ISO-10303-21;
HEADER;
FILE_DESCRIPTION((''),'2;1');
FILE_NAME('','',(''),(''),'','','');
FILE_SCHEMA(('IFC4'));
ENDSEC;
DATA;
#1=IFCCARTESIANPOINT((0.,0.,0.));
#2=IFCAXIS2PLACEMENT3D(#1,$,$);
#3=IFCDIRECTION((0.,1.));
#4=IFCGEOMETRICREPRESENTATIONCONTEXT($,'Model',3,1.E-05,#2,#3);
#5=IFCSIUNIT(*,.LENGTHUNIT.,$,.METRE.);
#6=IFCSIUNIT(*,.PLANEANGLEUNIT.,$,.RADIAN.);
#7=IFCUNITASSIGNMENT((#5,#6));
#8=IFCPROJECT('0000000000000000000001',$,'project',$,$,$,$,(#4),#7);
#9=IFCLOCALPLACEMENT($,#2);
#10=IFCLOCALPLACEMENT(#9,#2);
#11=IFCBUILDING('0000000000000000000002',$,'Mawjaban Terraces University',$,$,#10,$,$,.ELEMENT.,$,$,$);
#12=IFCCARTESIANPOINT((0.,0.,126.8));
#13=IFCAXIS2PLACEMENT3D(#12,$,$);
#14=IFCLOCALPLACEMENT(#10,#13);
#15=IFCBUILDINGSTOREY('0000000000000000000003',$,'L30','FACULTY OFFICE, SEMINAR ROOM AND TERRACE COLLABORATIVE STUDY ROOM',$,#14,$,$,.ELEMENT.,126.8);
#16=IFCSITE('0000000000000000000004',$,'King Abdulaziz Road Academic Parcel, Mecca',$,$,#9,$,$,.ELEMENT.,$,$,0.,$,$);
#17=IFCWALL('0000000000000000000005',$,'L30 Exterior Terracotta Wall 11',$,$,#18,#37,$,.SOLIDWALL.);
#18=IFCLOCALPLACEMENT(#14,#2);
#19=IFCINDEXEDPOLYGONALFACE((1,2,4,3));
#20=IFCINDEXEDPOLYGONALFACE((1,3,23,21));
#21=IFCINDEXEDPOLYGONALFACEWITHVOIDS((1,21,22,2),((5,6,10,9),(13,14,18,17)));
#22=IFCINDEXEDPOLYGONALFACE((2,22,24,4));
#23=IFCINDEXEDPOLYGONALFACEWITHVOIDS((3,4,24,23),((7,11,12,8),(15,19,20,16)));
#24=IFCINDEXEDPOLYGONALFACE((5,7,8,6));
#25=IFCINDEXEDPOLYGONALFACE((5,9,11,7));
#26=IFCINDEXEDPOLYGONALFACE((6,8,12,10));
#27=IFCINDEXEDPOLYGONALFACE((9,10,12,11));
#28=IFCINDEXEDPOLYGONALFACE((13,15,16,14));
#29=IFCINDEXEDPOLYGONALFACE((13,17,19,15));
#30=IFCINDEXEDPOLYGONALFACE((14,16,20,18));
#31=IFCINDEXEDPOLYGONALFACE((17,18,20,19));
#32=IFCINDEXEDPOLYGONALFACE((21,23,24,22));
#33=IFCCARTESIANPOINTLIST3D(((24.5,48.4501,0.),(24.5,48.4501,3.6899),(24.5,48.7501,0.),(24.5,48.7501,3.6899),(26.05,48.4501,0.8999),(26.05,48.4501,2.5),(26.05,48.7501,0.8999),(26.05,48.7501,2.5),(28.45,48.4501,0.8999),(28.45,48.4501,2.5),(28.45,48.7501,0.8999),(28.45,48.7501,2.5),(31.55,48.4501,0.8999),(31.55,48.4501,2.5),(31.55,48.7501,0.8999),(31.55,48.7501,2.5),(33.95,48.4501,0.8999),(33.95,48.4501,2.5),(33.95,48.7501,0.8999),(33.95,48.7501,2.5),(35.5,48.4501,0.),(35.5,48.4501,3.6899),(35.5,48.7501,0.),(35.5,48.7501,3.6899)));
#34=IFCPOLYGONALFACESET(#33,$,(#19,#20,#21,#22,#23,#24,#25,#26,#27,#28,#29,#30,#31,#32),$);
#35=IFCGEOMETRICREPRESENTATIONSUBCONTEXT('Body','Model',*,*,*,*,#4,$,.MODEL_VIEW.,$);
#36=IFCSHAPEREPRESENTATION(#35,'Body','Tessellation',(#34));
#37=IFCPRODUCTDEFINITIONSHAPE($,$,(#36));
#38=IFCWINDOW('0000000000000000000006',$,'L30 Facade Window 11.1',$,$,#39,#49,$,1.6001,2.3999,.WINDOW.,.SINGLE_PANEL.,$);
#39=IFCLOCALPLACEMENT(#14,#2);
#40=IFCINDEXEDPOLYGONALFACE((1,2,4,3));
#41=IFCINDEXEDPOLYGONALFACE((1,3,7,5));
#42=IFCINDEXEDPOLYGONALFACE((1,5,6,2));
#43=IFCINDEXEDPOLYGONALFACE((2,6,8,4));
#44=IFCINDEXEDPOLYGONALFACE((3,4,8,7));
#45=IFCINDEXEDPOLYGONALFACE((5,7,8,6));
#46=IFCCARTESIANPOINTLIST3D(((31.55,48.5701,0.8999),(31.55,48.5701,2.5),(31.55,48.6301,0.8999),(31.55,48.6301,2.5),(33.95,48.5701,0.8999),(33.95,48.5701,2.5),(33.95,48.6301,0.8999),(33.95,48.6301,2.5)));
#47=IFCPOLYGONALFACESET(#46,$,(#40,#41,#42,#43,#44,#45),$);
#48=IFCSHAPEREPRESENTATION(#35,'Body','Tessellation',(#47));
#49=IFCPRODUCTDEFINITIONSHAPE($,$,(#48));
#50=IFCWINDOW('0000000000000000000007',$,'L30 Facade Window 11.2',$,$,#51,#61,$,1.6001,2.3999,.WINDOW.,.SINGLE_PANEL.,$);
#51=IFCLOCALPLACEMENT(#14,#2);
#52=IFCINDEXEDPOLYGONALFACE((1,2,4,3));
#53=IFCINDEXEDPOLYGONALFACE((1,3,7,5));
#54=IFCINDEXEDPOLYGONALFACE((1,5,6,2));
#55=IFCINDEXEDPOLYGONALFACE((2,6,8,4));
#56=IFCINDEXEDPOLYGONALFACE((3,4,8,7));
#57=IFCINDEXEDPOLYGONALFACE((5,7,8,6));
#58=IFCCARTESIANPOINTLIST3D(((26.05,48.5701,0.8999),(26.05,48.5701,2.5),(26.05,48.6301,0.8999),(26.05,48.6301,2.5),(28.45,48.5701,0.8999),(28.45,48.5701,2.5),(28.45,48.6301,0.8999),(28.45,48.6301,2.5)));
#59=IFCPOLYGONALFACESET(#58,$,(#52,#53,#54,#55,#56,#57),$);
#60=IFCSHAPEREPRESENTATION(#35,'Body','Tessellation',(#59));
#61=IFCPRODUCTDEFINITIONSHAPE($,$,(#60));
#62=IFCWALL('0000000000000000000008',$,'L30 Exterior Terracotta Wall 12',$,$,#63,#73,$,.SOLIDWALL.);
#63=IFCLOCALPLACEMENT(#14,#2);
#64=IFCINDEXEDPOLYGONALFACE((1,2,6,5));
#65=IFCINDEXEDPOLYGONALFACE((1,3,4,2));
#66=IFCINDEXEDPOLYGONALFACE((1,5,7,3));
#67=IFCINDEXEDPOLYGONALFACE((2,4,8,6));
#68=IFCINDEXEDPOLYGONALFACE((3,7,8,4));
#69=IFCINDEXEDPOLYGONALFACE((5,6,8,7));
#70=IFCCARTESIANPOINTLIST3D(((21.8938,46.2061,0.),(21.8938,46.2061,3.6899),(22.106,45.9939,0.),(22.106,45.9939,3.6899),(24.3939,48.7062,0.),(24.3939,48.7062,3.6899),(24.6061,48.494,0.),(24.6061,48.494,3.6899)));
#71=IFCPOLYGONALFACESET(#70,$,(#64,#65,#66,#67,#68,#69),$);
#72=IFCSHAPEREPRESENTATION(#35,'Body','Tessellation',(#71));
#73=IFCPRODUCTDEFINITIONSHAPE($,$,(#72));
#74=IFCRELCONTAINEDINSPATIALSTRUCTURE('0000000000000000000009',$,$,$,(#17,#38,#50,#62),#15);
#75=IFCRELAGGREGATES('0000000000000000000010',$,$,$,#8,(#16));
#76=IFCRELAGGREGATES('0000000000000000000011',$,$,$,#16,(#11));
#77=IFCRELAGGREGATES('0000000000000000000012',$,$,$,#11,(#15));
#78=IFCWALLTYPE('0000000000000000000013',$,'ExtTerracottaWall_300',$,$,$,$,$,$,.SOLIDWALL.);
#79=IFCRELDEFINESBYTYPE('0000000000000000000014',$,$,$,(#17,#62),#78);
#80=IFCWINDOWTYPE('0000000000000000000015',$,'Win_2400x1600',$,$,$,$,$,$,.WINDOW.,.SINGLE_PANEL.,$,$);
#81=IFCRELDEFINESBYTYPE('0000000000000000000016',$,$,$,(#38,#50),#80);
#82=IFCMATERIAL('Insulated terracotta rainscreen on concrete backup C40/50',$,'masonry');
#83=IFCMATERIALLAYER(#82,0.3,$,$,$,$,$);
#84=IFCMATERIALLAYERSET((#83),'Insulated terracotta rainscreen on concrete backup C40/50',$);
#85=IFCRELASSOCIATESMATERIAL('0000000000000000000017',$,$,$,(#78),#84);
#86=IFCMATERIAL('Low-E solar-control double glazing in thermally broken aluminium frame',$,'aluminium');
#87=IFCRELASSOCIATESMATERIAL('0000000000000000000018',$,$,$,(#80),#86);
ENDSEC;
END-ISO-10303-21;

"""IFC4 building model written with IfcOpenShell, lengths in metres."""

from ifc_helpers import new_model, si_unit, direction, frame, frame_2d, origin, place, context, subcontext, project, spatial, rectangle, extrude, material, layer, layer_set, type_object, element, fill, save


model = new_model("IFC4")

# Units and contexts
model_context = context("Model", 3, precision=1e-05, world=origin(), true_north=direction((0.0, 1.0)))
body_context = subcontext(model_context, "Body", "Model", "MODEL_VIEW")
ifc_project = project(units=[si_unit("LENGTHUNIT", "METRE"), si_unit("PLANEANGLEUNIT", "RADIAN")], contexts=[model_context])

# Site, building, storey
site_placement = place(None, origin())
site = spatial("IfcSite", under=ifc_project, at=site_placement, Name="King Abdulaziz Road Academic Parcel, Mecca", CompositionType="ELEMENT", RefElevation=0.0)
building_placement = place(site_placement, origin())
building = spatial("IfcBuilding", under=site, at=building_placement, Name="Mawjaban Terraces University", CompositionType="ELEMENT")
storey_placement = place(building_placement, frame((0.0, 0.0, 126.8)))
storey = spatial("IfcBuildingStorey", under=building, at=storey_placement, Name="L30", Description="FACULTY OFFICE, SEMINAR ROOM AND TERRACE COLLABORATIVE STUDY ROOM", CompositionType="ELEMENT", Elevation=126.8)

# Wall, openings, windows
ifc_material_1 = material(Name="Insulated terracotta rainscreen on concrete backup C40/50", Category="masonry")
ifc_layer_1 = layer(ifc_material_1, 0.3)
ifc_layer_set_1 = layer_set([ifc_layer_1], Name="Insulated terracotta rainscreen on concrete backup C40/50")
wall_type_1 = type_object("IfcWallType", Name="ExtTerracottaWall_300", PredefinedType="SOLIDWALL", material=ifc_layer_set_1)
wall_1_placement = place(storey_placement, frame((35.5, 48.6001, 0.0), z_axis=(0.0, 0.0, 1.0), x_axis=(-1.0, 0.0, 0.0)))
wall_1 = element("IfcWall", 1, at=wall_1_placement, inside=storey, type_object=wall_type_1, Name="L30 Exterior Terracotta Wall 11", PredefinedType="SOLIDWALL", context=body_context, shape_type="SweptSolid", body=[
    extrude(rectangle(XDim=11.0, YDim=0.3, at=frame_2d((5.5, 0.0))), origin(), (0.0, 0.0, 1.0), 3.6899),
])
opening_1_placement = place(wall_1_placement, frame((1.55, 0.0, 0.8999)))
opening_1 = element("IfcOpeningElement", 2, at=opening_1_placement, cuts=wall_1, PredefinedType="OPENING", context=body_context, shape_type="SweptSolid", body=[
    extrude(rectangle(XDim=2.3999, YDim=1.6001, at=frame_2d((1.2, 0.8))), frame((0.0, 0.1599, 0.0), z_axis=(0.0, -1.0, 0.0), x_axis=(1.0, 0.0, 0.0)), (0.0, 0.0, 1.0), 0.3201),
])
opening_2_placement = place(wall_1_placement, frame((7.05, 0.0, 0.8999)))
opening_2 = element("IfcOpeningElement", 3, at=opening_2_placement, cuts=wall_1, PredefinedType="OPENING", context=body_context, shape_type="SweptSolid", body=[
    extrude(rectangle(XDim=2.3999, YDim=1.6001, at=frame_2d((1.2, 0.8))), frame((0.0, 0.1599, 0.0), z_axis=(0.0, -1.0, 0.0), x_axis=(1.0, 0.0, 0.0)), (0.0, 0.0, 1.0), 0.3201),
])
ifc_material_2 = material(Name="Low-E solar-control double glazing in thermally broken aluminium frame", Category="aluminium")
window_type_1 = type_object("IfcWindowType", Name="Win_2400x1600", PartitioningType="SINGLE_PANEL", PredefinedType="WINDOW", material=ifc_material_2)
window_1_placement = place(opening_1_placement, origin())
window_1 = element("IfcWindow", 4, at=window_1_placement, inside=storey, type_object=window_type_1, Name="L30 Facade Window 11.1", OverallHeight=1.6001, OverallWidth=2.3999, PartitioningType="SINGLE_PANEL", PredefinedType="WINDOW", context=body_context, shape_type="SweptSolid", body=[
    extrude(rectangle(XDim=2.3999, YDim=1.6001, at=frame_2d((1.2, 0.8))), frame((0.0, 0.03, 0.0), z_axis=(0.0, -1.0, 0.0), x_axis=(1.0, 0.0, 0.0)), (0.0, 0.0, 1.0), 0.0601),
])
fill(opening_1, window_1)
window_2_placement = place(opening_2_placement, origin())
window_2 = element("IfcWindow", 5, at=window_2_placement, inside=storey, type_object=window_type_1, Name="L30 Facade Window 11.2", OverallHeight=1.6001, OverallWidth=2.3999, PartitioningType="SINGLE_PANEL", PredefinedType="WINDOW", context=body_context, shape_type="SweptSolid", body=[
    extrude(rectangle(XDim=2.3999, YDim=1.6001, at=frame_2d((1.2, 0.8))), frame((0.0, 0.03, 0.0), z_axis=(0.0, -1.0, 0.0), x_axis=(1.0, 0.0, 0.0)), (0.0, 0.0, 1.0), 0.0601),
])
fill(opening_2, window_2)

# Wall
wall_2_placement = place(storey_placement, frame((24.5, 48.6001, 0.0), z_axis=(0.0, 0.0, 1.0), x_axis=(-0.707107, -0.707107, 0.0)))
element("IfcWall", 6, at=wall_2_placement, inside=storey, type_object=wall_type_1, Name="L30 Exterior Terracotta Wall 12", PredefinedType="SOLIDWALL", context=body_context, shape_type="SweptSolid", body=[
    extrude(rectangle(XDim=3.5356, YDim=0.3, at=frame_2d((1.7678, 0.0))), origin(), (0.0, 0.0, 1.0), 3.6899),
])

save(model, "model.ifc")
